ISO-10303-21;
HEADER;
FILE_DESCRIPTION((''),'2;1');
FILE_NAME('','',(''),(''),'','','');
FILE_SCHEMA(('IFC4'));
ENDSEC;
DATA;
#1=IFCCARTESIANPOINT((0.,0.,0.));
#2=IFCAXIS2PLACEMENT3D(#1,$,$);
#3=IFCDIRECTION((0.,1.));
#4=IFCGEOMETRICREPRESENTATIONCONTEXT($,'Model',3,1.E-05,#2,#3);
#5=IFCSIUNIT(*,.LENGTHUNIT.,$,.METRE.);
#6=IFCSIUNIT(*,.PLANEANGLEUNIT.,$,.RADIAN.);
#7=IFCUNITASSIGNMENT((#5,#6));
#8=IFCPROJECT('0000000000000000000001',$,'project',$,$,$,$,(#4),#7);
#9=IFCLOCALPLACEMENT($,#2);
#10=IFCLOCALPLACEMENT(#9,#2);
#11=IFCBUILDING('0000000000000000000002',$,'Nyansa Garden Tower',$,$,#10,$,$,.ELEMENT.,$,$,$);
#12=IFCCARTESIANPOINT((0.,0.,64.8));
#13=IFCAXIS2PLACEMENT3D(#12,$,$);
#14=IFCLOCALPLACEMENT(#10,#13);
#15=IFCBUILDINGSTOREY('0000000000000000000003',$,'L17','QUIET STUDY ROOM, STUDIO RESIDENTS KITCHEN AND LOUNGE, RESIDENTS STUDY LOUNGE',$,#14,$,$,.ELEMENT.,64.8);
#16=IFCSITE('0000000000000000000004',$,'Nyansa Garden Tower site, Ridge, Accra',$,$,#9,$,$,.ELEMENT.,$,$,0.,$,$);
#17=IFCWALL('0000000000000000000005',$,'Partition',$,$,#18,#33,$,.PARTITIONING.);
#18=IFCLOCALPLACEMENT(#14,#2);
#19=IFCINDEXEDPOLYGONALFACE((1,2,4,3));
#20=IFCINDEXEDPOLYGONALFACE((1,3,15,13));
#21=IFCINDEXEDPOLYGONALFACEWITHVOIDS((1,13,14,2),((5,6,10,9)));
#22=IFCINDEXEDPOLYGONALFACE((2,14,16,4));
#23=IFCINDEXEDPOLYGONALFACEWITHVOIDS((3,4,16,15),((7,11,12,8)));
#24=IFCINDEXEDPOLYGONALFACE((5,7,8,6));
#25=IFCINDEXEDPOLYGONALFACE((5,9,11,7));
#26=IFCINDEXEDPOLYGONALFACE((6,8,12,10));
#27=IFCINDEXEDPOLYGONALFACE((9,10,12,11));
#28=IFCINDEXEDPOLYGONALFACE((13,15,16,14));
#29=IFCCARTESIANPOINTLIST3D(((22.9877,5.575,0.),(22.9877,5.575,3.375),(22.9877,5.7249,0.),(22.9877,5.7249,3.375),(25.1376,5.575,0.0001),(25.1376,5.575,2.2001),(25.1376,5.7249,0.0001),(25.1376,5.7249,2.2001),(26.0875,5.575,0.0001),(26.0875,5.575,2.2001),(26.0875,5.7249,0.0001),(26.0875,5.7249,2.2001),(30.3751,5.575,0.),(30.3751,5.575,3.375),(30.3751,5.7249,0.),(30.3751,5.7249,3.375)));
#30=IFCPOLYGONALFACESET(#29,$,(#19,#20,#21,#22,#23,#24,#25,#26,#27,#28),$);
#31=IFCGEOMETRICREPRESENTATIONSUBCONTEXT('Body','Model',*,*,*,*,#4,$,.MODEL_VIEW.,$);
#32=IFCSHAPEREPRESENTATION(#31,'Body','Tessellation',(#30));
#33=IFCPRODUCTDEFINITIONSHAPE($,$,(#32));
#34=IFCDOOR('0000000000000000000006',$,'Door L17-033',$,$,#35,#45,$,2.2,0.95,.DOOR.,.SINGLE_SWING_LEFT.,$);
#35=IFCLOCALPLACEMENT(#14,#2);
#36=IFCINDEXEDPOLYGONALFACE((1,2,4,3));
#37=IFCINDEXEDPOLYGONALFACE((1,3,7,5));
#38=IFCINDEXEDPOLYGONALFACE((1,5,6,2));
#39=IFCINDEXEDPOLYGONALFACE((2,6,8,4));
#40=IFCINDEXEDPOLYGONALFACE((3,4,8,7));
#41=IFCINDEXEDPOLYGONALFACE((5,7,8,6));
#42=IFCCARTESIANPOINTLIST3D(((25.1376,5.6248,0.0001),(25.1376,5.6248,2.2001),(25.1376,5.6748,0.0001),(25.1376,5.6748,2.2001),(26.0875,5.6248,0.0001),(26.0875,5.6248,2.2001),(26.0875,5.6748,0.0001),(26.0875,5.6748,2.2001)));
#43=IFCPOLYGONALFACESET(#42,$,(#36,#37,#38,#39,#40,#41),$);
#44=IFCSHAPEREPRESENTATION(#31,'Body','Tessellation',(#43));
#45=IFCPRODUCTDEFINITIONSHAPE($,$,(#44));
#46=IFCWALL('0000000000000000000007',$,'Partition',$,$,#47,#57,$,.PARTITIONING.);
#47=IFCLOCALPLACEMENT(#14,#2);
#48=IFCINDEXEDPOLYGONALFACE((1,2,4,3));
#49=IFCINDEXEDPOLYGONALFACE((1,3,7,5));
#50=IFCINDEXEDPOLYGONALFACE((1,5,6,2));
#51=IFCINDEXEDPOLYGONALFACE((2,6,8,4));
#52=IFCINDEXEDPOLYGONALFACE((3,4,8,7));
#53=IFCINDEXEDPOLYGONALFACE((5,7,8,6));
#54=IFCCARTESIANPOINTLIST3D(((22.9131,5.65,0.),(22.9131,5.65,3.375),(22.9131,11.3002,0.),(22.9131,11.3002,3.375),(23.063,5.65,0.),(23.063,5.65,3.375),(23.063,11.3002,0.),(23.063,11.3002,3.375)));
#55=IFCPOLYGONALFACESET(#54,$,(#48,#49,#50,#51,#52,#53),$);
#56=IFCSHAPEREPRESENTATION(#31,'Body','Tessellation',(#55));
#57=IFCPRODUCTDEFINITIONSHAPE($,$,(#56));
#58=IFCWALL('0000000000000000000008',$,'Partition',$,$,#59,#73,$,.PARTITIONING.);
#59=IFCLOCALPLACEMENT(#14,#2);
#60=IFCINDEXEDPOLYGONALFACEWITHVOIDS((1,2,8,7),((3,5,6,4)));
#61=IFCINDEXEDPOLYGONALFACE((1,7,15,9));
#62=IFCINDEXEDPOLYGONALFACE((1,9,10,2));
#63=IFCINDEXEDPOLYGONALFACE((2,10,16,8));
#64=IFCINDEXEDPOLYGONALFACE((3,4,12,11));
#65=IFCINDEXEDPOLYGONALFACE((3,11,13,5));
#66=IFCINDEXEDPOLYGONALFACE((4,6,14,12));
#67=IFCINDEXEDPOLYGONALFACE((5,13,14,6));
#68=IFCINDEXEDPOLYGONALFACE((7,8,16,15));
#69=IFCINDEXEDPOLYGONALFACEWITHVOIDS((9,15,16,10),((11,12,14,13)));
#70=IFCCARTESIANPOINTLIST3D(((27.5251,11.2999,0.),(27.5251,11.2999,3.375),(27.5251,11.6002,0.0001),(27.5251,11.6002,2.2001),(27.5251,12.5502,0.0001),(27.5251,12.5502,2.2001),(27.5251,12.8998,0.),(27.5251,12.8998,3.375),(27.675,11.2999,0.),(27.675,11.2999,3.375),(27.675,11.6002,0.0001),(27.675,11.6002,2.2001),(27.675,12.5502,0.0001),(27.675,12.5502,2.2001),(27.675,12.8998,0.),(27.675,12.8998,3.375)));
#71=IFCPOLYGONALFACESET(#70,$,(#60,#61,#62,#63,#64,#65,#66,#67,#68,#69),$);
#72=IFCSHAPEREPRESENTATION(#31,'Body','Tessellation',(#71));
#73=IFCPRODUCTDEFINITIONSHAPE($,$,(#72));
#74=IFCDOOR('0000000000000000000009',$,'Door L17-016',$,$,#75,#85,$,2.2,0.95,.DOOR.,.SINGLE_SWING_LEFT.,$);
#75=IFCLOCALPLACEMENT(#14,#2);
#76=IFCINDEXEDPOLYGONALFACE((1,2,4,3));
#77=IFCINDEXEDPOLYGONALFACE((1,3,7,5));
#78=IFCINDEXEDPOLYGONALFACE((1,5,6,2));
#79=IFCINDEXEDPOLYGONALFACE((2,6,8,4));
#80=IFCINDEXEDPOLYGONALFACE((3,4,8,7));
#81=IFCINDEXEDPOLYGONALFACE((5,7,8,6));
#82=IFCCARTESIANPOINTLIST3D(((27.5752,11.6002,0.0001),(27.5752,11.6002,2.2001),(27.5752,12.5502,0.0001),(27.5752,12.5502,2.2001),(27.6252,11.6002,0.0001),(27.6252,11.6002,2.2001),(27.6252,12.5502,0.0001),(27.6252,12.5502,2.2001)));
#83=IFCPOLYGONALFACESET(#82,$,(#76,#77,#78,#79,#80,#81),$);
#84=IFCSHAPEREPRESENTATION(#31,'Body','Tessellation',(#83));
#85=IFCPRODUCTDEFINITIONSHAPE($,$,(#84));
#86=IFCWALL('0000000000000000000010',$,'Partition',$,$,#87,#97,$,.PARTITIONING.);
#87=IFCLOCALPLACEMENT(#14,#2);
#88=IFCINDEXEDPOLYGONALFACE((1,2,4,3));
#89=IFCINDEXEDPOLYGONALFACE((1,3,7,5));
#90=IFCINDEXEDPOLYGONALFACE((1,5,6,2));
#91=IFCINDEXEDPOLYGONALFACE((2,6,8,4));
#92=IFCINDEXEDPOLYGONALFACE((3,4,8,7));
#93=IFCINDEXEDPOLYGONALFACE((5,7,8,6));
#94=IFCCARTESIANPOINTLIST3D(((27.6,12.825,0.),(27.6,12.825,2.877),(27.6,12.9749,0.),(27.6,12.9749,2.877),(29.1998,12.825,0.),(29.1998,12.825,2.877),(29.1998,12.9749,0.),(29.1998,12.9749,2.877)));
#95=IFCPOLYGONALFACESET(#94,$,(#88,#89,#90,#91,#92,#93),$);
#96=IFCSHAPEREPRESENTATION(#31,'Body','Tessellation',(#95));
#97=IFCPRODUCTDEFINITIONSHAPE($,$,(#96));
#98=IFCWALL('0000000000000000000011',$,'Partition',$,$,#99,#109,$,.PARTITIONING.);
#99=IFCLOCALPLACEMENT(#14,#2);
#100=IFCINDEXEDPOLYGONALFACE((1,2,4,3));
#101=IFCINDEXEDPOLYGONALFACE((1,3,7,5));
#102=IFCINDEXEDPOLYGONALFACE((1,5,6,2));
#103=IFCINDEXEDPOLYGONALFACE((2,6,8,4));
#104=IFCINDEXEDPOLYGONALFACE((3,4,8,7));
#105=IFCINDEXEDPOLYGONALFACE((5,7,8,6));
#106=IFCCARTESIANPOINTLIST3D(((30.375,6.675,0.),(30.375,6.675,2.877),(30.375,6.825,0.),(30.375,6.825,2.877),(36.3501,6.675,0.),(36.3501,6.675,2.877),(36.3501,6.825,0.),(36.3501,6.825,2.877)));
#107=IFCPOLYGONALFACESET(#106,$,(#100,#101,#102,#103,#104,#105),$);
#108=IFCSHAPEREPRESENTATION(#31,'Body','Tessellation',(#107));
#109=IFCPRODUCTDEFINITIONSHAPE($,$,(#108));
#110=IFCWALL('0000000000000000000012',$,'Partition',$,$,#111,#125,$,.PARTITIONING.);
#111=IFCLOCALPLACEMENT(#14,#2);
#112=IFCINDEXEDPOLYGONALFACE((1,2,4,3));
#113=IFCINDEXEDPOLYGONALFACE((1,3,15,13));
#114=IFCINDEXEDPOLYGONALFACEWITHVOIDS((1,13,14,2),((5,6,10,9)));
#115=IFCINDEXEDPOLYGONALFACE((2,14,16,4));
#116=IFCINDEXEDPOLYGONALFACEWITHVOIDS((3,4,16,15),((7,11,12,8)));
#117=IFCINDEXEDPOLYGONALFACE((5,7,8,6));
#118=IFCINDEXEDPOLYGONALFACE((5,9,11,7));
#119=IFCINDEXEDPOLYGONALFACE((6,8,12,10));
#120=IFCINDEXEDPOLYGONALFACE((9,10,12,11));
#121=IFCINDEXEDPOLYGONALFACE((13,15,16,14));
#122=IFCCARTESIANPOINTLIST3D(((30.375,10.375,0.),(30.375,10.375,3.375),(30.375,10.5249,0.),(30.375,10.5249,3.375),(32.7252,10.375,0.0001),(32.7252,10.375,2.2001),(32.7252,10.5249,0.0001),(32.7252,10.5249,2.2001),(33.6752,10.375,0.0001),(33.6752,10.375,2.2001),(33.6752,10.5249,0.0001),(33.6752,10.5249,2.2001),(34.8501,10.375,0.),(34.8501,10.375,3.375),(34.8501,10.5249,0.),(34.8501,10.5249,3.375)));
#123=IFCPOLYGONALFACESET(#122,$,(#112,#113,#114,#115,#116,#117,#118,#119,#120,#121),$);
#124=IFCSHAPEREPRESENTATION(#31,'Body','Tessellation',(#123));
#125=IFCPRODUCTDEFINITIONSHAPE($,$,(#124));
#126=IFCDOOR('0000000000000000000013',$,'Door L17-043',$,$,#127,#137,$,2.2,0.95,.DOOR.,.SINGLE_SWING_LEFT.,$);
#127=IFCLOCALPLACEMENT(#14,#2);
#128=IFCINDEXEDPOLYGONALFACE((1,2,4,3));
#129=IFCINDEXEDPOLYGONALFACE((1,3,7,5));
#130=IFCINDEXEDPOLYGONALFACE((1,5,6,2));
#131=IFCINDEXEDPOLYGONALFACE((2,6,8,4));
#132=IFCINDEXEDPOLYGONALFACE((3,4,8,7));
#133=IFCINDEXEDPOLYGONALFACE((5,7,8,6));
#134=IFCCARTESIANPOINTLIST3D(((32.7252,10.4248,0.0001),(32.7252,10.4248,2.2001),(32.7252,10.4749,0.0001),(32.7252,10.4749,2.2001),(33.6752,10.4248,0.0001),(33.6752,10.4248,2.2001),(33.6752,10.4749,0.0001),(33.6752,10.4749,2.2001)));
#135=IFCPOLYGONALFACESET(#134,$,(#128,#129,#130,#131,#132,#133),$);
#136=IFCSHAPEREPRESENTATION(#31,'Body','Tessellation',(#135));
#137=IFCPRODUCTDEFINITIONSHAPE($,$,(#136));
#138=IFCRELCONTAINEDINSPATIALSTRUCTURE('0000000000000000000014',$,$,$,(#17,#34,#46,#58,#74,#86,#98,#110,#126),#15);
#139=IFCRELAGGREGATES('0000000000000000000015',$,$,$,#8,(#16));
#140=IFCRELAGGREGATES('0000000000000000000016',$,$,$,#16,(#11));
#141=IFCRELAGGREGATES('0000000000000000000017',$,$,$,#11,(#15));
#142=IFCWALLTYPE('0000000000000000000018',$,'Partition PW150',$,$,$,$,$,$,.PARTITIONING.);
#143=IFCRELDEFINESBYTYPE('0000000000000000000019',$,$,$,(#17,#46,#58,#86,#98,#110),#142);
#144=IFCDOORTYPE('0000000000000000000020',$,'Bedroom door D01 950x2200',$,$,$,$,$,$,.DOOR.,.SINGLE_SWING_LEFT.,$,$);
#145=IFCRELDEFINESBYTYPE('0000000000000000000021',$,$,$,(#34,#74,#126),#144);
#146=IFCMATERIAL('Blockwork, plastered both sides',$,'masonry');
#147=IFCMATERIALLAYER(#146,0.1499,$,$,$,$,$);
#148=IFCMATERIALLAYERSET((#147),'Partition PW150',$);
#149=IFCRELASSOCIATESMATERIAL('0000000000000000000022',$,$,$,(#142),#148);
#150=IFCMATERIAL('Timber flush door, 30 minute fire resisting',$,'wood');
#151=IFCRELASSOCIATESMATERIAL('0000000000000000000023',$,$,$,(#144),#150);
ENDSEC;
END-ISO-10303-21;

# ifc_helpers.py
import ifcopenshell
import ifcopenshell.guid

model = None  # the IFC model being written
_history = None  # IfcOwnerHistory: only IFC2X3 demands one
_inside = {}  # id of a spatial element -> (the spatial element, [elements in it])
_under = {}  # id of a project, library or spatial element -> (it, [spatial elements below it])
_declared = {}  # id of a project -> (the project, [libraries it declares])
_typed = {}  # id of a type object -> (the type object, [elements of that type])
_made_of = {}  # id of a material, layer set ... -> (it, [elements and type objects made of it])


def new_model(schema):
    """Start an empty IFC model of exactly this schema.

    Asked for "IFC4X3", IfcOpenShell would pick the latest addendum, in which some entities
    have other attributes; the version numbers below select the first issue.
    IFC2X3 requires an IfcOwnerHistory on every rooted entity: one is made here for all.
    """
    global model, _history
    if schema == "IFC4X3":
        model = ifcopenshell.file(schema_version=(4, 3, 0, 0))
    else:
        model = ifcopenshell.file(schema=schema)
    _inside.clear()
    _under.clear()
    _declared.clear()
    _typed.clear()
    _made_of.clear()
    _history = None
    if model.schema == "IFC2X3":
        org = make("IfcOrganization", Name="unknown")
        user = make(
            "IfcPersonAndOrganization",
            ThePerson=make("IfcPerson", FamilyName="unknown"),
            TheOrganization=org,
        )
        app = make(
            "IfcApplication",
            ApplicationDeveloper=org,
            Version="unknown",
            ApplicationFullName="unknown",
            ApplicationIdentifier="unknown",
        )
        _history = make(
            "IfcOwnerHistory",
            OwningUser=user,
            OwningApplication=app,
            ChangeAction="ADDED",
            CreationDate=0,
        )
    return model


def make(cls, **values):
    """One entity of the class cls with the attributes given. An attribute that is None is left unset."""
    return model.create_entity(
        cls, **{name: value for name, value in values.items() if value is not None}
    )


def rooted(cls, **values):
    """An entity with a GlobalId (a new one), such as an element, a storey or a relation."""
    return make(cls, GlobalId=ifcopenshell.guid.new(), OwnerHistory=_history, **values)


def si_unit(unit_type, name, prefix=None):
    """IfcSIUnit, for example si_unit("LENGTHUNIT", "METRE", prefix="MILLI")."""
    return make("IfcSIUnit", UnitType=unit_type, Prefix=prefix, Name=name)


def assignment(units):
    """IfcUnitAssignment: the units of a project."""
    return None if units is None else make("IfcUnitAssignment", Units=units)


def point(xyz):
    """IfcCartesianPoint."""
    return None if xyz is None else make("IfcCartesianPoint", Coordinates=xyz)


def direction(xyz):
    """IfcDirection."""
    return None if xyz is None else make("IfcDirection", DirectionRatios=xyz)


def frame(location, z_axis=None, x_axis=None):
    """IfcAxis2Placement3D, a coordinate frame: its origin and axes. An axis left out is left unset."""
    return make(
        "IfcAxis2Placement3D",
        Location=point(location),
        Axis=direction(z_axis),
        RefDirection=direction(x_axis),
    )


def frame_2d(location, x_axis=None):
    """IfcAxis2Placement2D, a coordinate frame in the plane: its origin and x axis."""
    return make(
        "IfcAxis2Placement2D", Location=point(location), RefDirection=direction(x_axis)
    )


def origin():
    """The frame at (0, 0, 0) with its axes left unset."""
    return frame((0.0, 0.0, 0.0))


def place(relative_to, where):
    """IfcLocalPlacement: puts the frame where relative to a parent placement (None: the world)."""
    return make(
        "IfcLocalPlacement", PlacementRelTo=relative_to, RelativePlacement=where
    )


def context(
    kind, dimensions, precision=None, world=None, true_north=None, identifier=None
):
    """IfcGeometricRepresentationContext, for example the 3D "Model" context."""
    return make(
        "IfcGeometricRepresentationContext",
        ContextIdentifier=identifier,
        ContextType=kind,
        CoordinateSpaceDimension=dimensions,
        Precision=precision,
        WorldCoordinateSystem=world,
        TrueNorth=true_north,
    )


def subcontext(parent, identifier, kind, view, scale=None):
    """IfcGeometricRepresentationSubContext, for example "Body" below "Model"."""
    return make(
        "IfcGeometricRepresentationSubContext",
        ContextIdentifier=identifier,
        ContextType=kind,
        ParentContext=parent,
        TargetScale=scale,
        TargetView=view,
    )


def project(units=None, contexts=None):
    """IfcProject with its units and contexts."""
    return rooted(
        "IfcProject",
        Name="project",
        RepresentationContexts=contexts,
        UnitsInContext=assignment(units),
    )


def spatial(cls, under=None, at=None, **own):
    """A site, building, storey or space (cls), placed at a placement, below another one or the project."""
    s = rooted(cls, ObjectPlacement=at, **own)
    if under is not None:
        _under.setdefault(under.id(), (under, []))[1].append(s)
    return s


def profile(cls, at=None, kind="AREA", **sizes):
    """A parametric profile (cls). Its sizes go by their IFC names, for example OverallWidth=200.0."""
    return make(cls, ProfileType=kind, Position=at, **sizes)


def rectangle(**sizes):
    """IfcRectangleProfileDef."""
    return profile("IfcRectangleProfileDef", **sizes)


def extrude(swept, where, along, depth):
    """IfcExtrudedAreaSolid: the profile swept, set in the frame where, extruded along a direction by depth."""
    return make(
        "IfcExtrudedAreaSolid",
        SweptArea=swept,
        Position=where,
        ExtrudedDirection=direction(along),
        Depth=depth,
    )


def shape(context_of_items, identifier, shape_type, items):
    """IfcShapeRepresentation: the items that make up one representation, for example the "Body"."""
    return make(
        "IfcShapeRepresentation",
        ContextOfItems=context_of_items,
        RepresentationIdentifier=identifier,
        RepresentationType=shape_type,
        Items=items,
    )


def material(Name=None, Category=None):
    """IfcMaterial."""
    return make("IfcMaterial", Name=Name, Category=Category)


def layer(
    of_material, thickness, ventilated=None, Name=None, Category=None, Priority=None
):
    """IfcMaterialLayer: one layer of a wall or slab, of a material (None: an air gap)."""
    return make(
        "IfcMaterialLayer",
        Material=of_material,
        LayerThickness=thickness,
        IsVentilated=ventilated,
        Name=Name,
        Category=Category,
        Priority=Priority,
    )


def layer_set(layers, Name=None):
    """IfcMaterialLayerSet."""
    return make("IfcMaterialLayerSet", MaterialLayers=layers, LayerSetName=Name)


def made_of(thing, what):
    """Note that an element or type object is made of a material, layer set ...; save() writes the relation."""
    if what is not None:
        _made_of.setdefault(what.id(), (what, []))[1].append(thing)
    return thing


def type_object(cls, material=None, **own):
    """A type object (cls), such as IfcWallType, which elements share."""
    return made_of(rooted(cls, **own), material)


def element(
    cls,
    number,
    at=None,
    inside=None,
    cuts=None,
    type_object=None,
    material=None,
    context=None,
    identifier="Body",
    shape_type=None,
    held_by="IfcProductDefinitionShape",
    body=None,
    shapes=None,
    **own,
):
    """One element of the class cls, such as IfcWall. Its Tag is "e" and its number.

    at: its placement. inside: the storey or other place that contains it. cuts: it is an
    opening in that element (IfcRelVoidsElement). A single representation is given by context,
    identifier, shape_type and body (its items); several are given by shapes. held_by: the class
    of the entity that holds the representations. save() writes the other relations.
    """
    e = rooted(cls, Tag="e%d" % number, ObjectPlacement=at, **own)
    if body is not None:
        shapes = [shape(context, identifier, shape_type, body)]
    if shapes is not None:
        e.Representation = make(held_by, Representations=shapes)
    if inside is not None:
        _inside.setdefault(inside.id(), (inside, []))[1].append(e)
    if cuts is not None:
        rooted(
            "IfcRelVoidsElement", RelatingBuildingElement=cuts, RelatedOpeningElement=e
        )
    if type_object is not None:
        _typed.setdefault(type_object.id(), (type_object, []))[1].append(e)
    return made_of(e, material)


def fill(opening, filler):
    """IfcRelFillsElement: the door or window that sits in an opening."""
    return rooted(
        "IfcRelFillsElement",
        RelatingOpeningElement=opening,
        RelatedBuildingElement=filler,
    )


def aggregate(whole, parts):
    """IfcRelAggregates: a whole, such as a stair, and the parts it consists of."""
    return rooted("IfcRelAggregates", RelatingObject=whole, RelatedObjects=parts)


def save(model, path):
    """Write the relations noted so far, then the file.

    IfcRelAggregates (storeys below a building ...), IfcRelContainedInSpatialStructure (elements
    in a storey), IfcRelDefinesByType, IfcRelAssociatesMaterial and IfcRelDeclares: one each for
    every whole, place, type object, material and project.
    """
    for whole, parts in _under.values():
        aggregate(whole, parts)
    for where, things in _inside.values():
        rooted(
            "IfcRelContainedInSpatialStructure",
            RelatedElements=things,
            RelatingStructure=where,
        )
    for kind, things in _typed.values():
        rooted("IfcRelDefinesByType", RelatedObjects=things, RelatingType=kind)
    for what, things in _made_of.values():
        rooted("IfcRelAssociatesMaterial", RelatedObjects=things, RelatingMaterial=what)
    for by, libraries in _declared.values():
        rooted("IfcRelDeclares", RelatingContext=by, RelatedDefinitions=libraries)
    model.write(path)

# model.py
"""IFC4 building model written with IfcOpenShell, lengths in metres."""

from ifc_helpers import new_model, si_unit, direction, frame, frame_2d, origin, place, context, subcontext, project, spatial, rectangle, extrude, material, layer, layer_set, type_object, element, fill, save


model = new_model("IFC4")

# Units and contexts
model_context = context("Model", 3, precision=1e-05, world=origin(), true_north=direction((0.0, 1.0)))
body_context = subcontext(model_context, "Body", "Model", "MODEL_VIEW")
ifc_project = project(units=[si_unit("LENGTHUNIT", "METRE"), si_unit("PLANEANGLEUNIT", "RADIAN")], contexts=[model_context])

# Site, building, storey
site_placement = place(None, origin())
site = spatial("IfcSite", under=ifc_project, at=site_placement, Name="Nyansa Garden Tower site, Ridge, Accra", CompositionType="ELEMENT", RefElevation=0.0)
building_placement = place(site_placement, origin())
building = spatial("IfcBuilding", under=site, at=building_placement, Name="Nyansa Garden Tower", CompositionType="ELEMENT")
storey_placement = place(building_placement, frame((0.0, 0.0, 64.8)))
storey = spatial("IfcBuildingStorey", under=building, at=storey_placement, Name="L17", Description="QUIET STUDY ROOM, STUDIO RESIDENTS KITCHEN AND LOUNGE, RESIDENTS STUDY LOUNGE", CompositionType="ELEMENT", Elevation=64.8)

# Wall, opening, door
ifc_material_1 = material(Name="Blockwork, plastered both sides", Category="masonry")
ifc_layer_1 = layer(ifc_material_1, 0.1499)
ifc_layer_set_1 = layer_set([ifc_layer_1], Name="Partition PW150")
wall_type_1 = type_object("IfcWallType", Name="Partition PW150", PredefinedType="PARTITIONING", material=ifc_layer_set_1)
wall_1_placement = place(storey_placement, frame((22.9875, 5.6499, 0.0), z_axis=(0.0, 0.0, 1.0), x_axis=(1.0, 0.0, 0.0)))
wall_1 = element("IfcWall", 1, at=wall_1_placement, inside=storey, type_object=wall_type_1, Name="Partition", PredefinedType="PARTITIONING", context=body_context, shape_type="SweptSolid", body=[
    extrude(rectangle(XDim=7.3875, YDim=0.1499, at=frame_2d((3.6938, 0.0))), origin(), (0.0, 0.0, 1.0), 3.375),
])
opening_1_placement = place(wall_1_placement, frame((2.1499, 0.0, 0.0)))
opening_1 = element("IfcOpeningElement", 2, at=opening_1_placement, cuts=wall_1, PredefinedType="OPENING", context=body_context, shape_type="SweptSolid", body=[
    extrude(rectangle(XDim=0.95, YDim=2.2, at=frame_2d((0.4751, 1.1001))), frame((0.0, 0.085, 0.0), z_axis=(0.0, -1.0, 0.0), x_axis=(1.0, 0.0, 0.0)), (0.0, 0.0, 1.0), 0.1699),
])
ifc_material_2 = material(Name="Timber flush door, 30 minute fire resisting", Category="wood")
door_type_1 = type_object("IfcDoorType", Name="Bedroom door D01 950x2200", OperationType="SINGLE_SWING_LEFT", PredefinedType="DOOR", material=ifc_material_2)
door_1_placement = place(opening_1_placement, origin())
door_1 = element("IfcDoor", 3, at=door_1_placement, inside=storey, type_object=door_type_1, Name="Door L17-033", OperationType="SINGLE_SWING_LEFT", OverallHeight=2.2, OverallWidth=0.95, PredefinedType="DOOR", context=body_context, shape_type="SweptSolid", body=[
    extrude(rectangle(XDim=0.95, YDim=2.2, at=frame_2d((0.4751, 1.1001))), frame((0.0, 0.0249, 0.0), z_axis=(0.0, -1.0, 0.0), x_axis=(1.0, 0.0, 0.0)), (0.0, 0.0, 1.0), 0.05),
])
fill(opening_1, door_1)

# Wall
wall_2_placement = place(storey_placement, frame((22.988, 5.6499, 0.0), z_axis=(0.0, 0.0, 1.0), x_axis=(0.0, 1.0, 0.0)))
element("IfcWall", 4, at=wall_2_placement, inside=storey, type_object=wall_type_1, Name="Partition", PredefinedType="PARTITIONING", context=body_context, shape_type="SweptSolid", body=[
    extrude(rectangle(XDim=5.6501, YDim=0.1499, at=frame_2d((2.8252, 0.0))), origin(), (0.0, 0.0, 1.0), 3.375),
])

# Wall, opening, door
wall_3_placement = place(storey_placement, frame((27.6001, 11.3, 0.0), z_axis=(0.0, 0.0, 1.0), x_axis=(0.0, 1.0, 0.0)))
wall_3 = element("IfcWall", 5, at=wall_3_placement, inside=storey, type_object=wall_type_1, Name="Partition", PredefinedType="PARTITIONING", context=body_context, shape_type="SweptSolid", body=[
    extrude(rectangle(XDim=1.5999, YDim=0.1499, at=frame_2d((0.7998, 0.0))), origin(), (0.0, 0.0, 1.0), 3.375),
])
opening_2_placement = place(wall_3_placement, frame((0.3, 0.0, 0.0)))
opening_2 = element("IfcOpeningElement", 6, at=opening_2_placement, cuts=wall_3, PredefinedType="OPENING", context=body_context, shape_type="SweptSolid", body=[
    extrude(rectangle(XDim=0.95, YDim=2.2, at=frame_2d((0.4751, 1.1001))), frame((0.0, 0.085, 0.0), z_axis=(0.0, -1.0, 0.0), x_axis=(1.0, 0.0, 0.0)), (0.0, 0.0, 1.0), 0.1699),
])
door_2_placement = place(opening_2_placement, origin())
door_2 = element("IfcDoor", 7, at=door_2_placement, inside=storey, type_object=door_type_1, Name="Door L17-016", OperationType="SINGLE_SWING_LEFT", OverallHeight=2.2, OverallWidth=0.95, PredefinedType="DOOR", context=body_context, shape_type="SweptSolid", body=[
    extrude(rectangle(XDim=0.95, YDim=2.2, at=frame_2d((0.4751, 1.1001))), frame((0.0, 0.0249, 0.0), z_axis=(0.0, -1.0, 0.0), x_axis=(1.0, 0.0, 0.0)), (0.0, 0.0, 1.0), 0.05),
])
fill(opening_2, door_2)

# Walls
wall_4_placement = place(storey_placement, frame((27.6001, 12.8999, 0.0), z_axis=(0.0, 0.0, 1.0), x_axis=(1.0, 0.0, 0.0)))
element("IfcWall", 8, at=wall_4_placement, inside=storey, type_object=wall_type_1, Name="Partition", PredefinedType="PARTITIONING", context=body_context, shape_type="SweptSolid", body=[
    extrude(rectangle(XDim=1.5999, YDim=0.1499, at=frame_2d((0.7998, 0.0))), origin(), (0.0, 0.0, 1.0), 2.877),
])
wall_5_placement = place(storey_placement, frame((30.375, 6.75, 0.0), z_axis=(0.0, 0.0, 1.0), x_axis=(1.0, 0.0, 0.0)))
element("IfcWall", 9, at=wall_5_placement, inside=storey, type_object=wall_type_1, Name="Partition", PredefinedType="PARTITIONING", context=body_context, shape_type="SweptSolid", body=[
    extrude(rectangle(XDim=5.9751, YDim=0.1499, at=frame_2d((2.9875, 0.0))), origin(), (0.0, 0.0, 1.0), 2.877),
])

# Wall, opening, door
wall_6_placement = place(storey_placement, frame((30.375, 10.45, 0.0), z_axis=(0.0, 0.0, 1.0), x_axis=(1.0, 0.0, 0.0)))
wall_6 = element("IfcWall", 10, at=wall_6_placement, inside=storey, type_object=wall_type_1, Name="Partition", PredefinedType="PARTITIONING", context=body_context, shape_type="SweptSolid", body=[
    extrude(rectangle(XDim=4.4751, YDim=0.1499, at=frame_2d((2.2375, 0.0))), origin(), (0.0, 0.0, 1.0), 3.375),
])
opening_3_placement = place(wall_6_placement, frame((2.3501, 0.0, 0.0)))
opening_3 = element("IfcOpeningElement", 11, at=opening_3_placement, cuts=wall_6, PredefinedType="OPENING", context=body_context, shape_type="SweptSolid", body=[
    extrude(rectangle(XDim=0.95, YDim=2.2, at=frame_2d((0.4751, 1.1001))), frame((0.0, 0.085, 0.0), z_axis=(0.0, -1.0, 0.0), x_axis=(1.0, 0.0, 0.0)), (0.0, 0.0, 1.0), 0.1699),
])
door_3_placement = place(opening_3_placement, origin())
door_3 = element("IfcDoor", 12, at=door_3_placement, inside=storey, type_object=door_type_1, Name="Door L17-043", OperationType="SINGLE_SWING_LEFT", OverallHeight=2.2, OverallWidth=0.95, PredefinedType="DOOR", context=body_context, shape_type="SweptSolid", body=[
    extrude(rectangle(XDim=0.95, YDim=2.2, at=frame_2d((0.4751, 1.1001))), frame((0.0, 0.0249, 0.0), z_axis=(0.0, -1.0, 0.0), x_axis=(1.0, 0.0, 0.0)), (0.0, 0.0, 1.0), 0.05),
])
fill(opening_3, door_3)

save(model, "model.ifc")
